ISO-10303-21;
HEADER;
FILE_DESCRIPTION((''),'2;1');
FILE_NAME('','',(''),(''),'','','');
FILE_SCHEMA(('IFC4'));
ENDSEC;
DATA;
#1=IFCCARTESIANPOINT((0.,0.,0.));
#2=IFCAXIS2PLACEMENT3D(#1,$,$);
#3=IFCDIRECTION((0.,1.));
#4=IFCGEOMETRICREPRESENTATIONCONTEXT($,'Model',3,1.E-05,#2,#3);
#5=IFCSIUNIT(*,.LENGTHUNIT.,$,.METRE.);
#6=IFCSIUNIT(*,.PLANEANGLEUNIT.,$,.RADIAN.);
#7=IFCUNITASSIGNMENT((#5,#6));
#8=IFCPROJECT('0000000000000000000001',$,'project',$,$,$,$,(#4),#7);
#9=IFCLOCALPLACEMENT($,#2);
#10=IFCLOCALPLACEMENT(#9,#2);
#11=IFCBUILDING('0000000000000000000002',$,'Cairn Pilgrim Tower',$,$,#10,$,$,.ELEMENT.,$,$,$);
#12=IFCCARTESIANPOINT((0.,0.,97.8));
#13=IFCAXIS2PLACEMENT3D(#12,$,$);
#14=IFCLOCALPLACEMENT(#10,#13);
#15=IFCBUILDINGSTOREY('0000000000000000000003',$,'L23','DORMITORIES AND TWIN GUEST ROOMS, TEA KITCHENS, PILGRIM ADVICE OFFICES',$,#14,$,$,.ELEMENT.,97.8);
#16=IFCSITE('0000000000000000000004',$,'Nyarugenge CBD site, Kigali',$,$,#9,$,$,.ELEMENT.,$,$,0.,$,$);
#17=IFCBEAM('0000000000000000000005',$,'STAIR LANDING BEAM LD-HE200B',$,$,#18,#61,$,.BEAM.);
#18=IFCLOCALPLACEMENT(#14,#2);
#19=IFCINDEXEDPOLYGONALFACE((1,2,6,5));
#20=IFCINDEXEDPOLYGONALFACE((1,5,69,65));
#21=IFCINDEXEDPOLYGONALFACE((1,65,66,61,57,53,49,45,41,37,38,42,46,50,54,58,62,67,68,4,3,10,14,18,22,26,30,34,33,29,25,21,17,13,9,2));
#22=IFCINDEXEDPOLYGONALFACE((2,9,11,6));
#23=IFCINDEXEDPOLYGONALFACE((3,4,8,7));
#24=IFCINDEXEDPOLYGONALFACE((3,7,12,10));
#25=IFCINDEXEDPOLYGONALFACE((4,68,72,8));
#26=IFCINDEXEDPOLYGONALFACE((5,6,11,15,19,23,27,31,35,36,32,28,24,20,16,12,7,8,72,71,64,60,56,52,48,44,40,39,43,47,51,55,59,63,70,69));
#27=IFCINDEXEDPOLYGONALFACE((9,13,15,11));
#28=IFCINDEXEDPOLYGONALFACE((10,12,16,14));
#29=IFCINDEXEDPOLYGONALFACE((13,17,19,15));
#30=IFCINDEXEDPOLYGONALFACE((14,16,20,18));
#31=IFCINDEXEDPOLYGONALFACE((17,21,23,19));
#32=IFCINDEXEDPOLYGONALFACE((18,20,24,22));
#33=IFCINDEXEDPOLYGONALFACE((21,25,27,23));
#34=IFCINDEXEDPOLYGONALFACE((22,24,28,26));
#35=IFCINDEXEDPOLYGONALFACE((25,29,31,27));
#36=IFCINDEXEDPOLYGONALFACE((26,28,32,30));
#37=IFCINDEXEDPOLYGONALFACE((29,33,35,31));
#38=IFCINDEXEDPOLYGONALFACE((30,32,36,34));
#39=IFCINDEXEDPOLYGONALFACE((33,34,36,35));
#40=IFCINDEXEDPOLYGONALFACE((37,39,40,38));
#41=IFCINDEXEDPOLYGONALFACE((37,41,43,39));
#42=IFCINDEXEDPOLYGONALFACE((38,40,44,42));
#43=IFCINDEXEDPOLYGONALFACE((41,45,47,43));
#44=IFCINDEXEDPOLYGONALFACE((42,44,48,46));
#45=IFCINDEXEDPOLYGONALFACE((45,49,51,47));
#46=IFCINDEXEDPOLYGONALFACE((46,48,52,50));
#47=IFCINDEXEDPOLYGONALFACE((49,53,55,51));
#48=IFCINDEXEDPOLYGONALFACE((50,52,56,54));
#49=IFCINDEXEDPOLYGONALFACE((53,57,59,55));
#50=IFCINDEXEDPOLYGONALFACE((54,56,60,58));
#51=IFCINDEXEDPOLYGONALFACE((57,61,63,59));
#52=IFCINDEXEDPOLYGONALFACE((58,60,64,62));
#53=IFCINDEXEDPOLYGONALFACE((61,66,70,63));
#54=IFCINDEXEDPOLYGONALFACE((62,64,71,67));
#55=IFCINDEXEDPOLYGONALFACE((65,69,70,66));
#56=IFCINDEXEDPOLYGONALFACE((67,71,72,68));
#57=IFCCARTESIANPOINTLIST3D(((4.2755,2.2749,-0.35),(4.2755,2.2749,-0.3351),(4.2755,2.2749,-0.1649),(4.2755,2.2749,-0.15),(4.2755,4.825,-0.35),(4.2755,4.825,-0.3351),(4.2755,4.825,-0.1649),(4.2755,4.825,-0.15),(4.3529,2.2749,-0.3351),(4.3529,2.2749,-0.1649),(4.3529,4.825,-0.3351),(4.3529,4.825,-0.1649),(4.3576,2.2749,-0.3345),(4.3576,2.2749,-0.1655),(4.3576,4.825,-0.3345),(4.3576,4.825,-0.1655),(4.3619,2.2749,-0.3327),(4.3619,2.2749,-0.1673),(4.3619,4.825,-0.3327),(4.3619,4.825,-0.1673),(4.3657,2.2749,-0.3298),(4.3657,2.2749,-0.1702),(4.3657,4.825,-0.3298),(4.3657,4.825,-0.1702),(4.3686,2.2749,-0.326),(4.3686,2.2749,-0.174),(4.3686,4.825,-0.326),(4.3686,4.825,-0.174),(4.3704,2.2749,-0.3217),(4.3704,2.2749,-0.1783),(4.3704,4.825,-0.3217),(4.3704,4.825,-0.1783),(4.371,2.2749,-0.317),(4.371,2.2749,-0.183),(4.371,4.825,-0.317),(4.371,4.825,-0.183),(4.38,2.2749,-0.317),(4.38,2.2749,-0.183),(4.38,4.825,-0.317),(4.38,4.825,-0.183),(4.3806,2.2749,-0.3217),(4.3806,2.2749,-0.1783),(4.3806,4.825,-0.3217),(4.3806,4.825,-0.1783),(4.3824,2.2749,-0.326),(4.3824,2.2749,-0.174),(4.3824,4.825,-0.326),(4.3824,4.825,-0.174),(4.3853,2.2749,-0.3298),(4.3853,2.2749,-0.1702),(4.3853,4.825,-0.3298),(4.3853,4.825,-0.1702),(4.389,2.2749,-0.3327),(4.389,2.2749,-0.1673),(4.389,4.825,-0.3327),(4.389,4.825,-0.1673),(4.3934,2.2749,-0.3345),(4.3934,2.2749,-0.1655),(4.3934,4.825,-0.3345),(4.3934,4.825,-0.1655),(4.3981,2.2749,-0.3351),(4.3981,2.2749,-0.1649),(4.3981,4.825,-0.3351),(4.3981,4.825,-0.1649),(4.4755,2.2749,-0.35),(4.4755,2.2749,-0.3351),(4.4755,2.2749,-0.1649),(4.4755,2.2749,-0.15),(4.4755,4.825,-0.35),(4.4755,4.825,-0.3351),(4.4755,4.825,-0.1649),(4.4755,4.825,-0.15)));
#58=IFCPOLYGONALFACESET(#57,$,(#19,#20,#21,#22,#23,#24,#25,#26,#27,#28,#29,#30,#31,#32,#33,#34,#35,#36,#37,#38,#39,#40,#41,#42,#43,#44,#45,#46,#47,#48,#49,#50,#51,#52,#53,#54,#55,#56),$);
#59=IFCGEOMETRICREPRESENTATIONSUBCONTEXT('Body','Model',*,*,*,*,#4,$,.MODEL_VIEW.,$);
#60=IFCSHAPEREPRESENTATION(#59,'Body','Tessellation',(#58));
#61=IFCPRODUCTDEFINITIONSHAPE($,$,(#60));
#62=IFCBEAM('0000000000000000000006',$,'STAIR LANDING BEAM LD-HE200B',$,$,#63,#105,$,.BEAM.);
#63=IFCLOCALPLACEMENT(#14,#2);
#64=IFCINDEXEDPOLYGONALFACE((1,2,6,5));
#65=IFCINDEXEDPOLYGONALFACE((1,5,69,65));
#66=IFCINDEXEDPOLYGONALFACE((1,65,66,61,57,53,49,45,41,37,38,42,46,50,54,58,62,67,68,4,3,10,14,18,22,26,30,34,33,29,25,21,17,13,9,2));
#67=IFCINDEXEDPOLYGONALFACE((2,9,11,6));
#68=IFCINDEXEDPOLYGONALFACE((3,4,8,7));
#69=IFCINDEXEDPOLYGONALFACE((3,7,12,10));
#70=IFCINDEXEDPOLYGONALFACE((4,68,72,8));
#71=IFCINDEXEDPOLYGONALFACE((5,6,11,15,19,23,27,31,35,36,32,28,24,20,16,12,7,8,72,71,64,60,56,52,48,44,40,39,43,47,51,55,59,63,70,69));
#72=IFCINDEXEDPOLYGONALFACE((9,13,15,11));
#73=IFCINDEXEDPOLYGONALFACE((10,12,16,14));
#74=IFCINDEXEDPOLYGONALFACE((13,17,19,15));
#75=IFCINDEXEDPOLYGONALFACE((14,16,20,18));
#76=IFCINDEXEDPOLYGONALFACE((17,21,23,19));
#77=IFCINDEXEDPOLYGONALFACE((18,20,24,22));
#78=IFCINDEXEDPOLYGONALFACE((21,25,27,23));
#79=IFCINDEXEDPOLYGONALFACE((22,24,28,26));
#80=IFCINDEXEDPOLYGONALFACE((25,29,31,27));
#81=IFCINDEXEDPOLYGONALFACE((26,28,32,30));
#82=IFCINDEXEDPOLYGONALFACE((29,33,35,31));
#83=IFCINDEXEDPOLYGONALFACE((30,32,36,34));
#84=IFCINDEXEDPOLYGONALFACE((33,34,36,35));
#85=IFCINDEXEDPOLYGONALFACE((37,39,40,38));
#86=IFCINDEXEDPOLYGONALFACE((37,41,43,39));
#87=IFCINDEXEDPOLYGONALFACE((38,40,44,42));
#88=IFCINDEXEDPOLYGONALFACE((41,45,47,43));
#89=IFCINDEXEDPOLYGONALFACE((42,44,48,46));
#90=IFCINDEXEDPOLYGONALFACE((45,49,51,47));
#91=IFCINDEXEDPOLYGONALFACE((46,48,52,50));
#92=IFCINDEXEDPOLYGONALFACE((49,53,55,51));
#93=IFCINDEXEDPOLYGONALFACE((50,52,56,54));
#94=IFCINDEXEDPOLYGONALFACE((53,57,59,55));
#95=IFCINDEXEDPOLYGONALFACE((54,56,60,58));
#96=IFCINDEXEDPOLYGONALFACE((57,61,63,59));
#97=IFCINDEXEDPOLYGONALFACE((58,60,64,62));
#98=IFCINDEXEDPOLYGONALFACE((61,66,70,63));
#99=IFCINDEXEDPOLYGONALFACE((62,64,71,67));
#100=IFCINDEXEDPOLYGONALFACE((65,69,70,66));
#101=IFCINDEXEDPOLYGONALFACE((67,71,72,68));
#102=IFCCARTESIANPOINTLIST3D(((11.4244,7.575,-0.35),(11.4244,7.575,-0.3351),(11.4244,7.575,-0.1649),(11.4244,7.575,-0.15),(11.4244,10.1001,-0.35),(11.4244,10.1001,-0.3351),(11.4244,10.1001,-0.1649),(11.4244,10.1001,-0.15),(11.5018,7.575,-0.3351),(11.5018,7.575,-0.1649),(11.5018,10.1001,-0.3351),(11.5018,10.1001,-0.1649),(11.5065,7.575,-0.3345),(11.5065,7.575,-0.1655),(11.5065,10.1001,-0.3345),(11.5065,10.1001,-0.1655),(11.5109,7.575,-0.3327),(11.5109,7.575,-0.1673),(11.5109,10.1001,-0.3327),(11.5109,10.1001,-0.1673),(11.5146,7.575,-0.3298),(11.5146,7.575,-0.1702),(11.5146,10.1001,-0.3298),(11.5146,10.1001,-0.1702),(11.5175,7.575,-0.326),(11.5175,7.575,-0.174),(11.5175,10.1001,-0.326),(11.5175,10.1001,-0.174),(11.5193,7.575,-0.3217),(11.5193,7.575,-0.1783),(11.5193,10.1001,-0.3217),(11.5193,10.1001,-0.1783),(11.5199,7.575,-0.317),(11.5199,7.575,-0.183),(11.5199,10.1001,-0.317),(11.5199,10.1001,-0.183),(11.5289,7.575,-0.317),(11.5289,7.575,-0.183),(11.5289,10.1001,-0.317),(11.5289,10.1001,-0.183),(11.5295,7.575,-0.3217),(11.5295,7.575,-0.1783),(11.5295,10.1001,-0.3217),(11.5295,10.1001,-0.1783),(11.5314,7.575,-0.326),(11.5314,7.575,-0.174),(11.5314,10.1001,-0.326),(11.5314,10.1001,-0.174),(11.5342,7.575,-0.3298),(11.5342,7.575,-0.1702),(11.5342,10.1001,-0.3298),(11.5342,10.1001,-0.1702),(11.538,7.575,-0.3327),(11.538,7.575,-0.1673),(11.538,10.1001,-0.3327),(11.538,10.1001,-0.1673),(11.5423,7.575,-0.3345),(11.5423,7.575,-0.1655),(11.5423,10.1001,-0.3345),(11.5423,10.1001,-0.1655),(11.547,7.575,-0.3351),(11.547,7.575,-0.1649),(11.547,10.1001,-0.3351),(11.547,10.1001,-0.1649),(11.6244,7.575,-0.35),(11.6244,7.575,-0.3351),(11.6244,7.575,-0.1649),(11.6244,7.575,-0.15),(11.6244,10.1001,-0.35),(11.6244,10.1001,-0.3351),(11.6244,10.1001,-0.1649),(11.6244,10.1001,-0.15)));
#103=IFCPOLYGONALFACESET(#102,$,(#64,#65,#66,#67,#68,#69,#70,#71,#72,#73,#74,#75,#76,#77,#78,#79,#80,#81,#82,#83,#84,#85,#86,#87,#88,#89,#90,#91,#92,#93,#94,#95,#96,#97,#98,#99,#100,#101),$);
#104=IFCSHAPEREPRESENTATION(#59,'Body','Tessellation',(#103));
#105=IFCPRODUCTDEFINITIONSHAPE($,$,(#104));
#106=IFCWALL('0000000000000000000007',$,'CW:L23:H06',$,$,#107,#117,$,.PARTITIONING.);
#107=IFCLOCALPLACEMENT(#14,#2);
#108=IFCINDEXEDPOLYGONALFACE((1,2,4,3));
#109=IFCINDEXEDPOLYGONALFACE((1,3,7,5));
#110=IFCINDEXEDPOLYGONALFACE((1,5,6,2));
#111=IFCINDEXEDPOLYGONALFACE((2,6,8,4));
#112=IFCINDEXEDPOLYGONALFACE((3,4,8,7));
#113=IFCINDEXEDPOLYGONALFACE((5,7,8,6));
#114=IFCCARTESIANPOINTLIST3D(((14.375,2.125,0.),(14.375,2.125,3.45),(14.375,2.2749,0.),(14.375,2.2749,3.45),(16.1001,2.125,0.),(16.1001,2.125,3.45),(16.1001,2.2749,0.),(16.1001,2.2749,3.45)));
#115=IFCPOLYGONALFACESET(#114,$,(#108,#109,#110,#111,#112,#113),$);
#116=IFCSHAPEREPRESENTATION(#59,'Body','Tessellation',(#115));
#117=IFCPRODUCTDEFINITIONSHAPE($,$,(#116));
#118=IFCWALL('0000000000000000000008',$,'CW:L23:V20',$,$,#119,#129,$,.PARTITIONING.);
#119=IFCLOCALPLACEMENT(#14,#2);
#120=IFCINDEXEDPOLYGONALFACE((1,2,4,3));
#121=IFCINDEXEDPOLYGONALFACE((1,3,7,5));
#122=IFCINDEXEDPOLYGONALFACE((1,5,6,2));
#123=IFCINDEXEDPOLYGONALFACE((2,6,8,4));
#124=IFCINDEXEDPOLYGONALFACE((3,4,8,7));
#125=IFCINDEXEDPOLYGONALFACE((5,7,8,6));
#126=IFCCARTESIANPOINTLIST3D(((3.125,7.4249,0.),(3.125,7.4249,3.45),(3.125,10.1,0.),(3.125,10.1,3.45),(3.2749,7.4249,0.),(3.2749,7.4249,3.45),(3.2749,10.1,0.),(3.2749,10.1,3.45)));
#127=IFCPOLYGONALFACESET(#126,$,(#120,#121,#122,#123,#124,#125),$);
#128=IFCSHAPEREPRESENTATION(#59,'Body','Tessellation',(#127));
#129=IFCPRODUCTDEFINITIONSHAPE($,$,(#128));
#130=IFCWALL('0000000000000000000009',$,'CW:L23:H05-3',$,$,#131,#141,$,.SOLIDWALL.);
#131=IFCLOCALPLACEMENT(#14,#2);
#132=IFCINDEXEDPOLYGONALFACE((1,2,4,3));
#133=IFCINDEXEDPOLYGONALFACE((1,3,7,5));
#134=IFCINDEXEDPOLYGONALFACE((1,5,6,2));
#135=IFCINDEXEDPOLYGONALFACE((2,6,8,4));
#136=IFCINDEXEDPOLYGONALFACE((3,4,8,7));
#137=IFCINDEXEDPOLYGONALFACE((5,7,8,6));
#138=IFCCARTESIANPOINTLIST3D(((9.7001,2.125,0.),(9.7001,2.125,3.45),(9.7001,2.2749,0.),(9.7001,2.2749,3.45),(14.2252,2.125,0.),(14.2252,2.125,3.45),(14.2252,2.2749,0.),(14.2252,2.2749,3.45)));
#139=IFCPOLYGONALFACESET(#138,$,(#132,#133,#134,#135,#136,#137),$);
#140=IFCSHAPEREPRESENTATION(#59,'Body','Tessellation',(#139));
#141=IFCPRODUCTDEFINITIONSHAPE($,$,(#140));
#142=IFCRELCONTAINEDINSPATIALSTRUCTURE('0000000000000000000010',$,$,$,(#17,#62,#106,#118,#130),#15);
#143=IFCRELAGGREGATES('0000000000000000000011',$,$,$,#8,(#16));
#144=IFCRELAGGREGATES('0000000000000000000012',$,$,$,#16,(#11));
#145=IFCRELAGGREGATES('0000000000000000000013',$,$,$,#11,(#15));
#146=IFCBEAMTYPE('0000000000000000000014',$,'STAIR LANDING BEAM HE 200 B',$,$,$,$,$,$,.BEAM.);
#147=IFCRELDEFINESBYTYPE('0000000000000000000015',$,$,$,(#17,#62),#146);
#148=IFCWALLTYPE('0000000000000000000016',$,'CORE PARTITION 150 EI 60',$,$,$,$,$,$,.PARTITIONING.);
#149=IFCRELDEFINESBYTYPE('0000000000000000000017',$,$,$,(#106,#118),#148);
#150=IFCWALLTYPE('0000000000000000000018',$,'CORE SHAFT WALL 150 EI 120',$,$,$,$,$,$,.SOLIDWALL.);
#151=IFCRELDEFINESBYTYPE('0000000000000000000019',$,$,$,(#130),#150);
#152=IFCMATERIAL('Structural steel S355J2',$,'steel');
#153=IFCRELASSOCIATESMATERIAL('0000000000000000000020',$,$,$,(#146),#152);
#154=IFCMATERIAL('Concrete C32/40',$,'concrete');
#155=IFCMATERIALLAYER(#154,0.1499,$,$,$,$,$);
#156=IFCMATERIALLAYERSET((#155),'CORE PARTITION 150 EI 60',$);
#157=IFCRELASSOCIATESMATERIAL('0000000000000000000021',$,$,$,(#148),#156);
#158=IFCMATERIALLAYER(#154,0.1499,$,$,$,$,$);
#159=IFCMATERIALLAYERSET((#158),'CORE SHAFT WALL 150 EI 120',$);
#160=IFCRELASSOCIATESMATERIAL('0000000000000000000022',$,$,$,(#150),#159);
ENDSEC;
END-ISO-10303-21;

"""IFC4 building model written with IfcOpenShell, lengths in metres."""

from ifc_helpers import new_model, si_unit, direction, frame, frame_2d, origin, origin_2d, place, context, subcontext, project, spatial, rectangle, i_section, extrude, material, layer, layer_set, material_profile, profile_set, type_object, element, save


model = new_model("IFC4")

# Units and contexts
model_context = context("Model", 3, precision=1e-05, world=origin(), true_north=direction((0.0, 1.0)))
body_context = subcontext(model_context, "Body", "Model", "MODEL_VIEW")
ifc_project = project(units=[si_unit("LENGTHUNIT", "METRE"), si_unit("PLANEANGLEUNIT", "RADIAN")], contexts=[model_context])

# Site, building, storey
site_placement = place(None, origin())
site = spatial("IfcSite", under=ifc_project, at=site_placement, Name="Nyarugenge CBD site, Kigali", CompositionType="ELEMENT", RefElevation=0.0)
building_placement = place(site_placement, origin())
building = spatial("IfcBuilding", under=site, at=building_placement, Name="Cairn Pilgrim Tower", CompositionType="ELEMENT")
storey_placement = place(building_placement, frame((0.0, 0.0, 97.8)))
storey = spatial("IfcBuildingStorey", under=building, at=storey_placement, Name="L23", Description="DORMITORIES AND TWIN GUEST ROOMS, TEA KITCHENS, PILGRIM ADVICE OFFICES", CompositionType="ELEMENT", Elevation=97.8)

# Beams
ifc_material_1 = material(Name="Structural steel S355J2", Category="steel")
ifc_material_profile = material_profile(ifc_material_1, i_section(OverallWidth=0.2, OverallDepth=0.2, WebThickness=0.009, FlangeThickness=0.0149, FilletRadius=0.0181, at=origin_2d()), Name="HE 200 B")
ifc_profile_set = profile_set([ifc_material_profile], Name="Structural steel S355J2")
beam_type = type_object("IfcBeamType", Name="STAIR LANDING BEAM HE 200 B", PredefinedType="BEAM", material=ifc_profile_set)
beam_1_placement = place(storey_placement, frame((4.3755, 2.2749, -0.25), z_axis=(0.0, 1.0, 0.0), x_axis=(-1.0, 0.0, 0.0)))
element("IfcBeam", 1, at=beam_1_placement, inside=storey, type_object=beam_type, Name="STAIR LANDING BEAM LD-HE200B", PredefinedType="BEAM", context=body_context, shape_type="SweptSolid", body=[
    extrude(i_section(OverallWidth=0.2, OverallDepth=0.2, WebThickness=0.009, FlangeThickness=0.0149, FilletRadius=0.0181, at=origin_2d()), origin(), (0.0, 0.0, 1.0), 2.55),
])
beam_2_placement = place(storey_placement, frame((11.5244, 10.1001, -0.25), z_axis=(0.0, -1.0, 0.0), x_axis=(1.0, 0.0, 0.0)))
element("IfcBeam", 2, at=beam_2_placement, inside=storey, type_object=beam_type, Name="STAIR LANDING BEAM LD-HE200B", PredefinedType="BEAM", context=body_context, shape_type="SweptSolid", body=[
    extrude(i_section(OverallWidth=0.2, OverallDepth=0.2, WebThickness=0.009, FlangeThickness=0.0149, FilletRadius=0.0181, at=origin_2d()), origin(), (0.0, 0.0, 1.0), 2.5251),
])

# Walls
ifc_material_2 = material(Name="Concrete C32/40", Category="concrete")
ifc_layer_1 = layer(ifc_material_2, 0.1499)
ifc_layer_set_1 = layer_set([ifc_layer_1], Name="CORE PARTITION 150 EI 60")
wall_type_1 = type_object("IfcWallType", Name="CORE PARTITION 150 EI 60", PredefinedType="PARTITIONING", material=ifc_layer_set_1)
wall_1_placement = place(storey_placement, frame((14.375, 2.2, 0.0), z_axis=(0.0, 0.0, 1.0), x_axis=(1.0, 0.0, 0.0)))
element("IfcWall", 3, at=wall_1_placement, inside=storey, type_object=wall_type_1, Name="CW:L23:H06", PredefinedType="PARTITIONING", context=body_context, shape_type="SweptSolid", body=[
    extrude(rectangle(XDim=1.7251, YDim=0.1499, at=frame_2d((0.8625, 0.0))), origin(), (0.0, 0.0, 1.0), 3.45),
])
wall_2_placement = place(storey_placement, frame((3.2, 7.425, 0.0), z_axis=(0.0, 0.0, 1.0), x_axis=(0.0, 1.0, 0.0)))
element("IfcWall", 4, at=wall_2_placement, inside=storey, type_object=wall_type_1, Name="CW:L23:V20", PredefinedType="PARTITIONING", context=body_context, shape_type="SweptSolid", body=[
    extrude(rectangle(XDim=2.675, YDim=0.1499, at=frame_2d((1.3374, 0.0))), origin(), (0.0, 0.0, 1.0), 3.45),
])
ifc_layer_2 = layer(ifc_material_2, 0.1499)
ifc_layer_set_2 = layer_set([ifc_layer_2], Name="CORE SHAFT WALL 150 EI 120")
wall_type_2 = type_object("IfcWallType", Name="CORE SHAFT WALL 150 EI 120", PredefinedType="SOLIDWALL", material=ifc_layer_set_2)
wall_3_placement = place(storey_placement, frame((9.7, 2.2, 0.0), z_axis=(0.0, 0.0, 1.0), x_axis=(1.0, 0.0, 0.0)))
element("IfcWall", 5, at=wall_3_placement, inside=storey, type_object=wall_type_2, Name="CW:L23:H05-3", PredefinedType="SOLIDWALL", context=body_context, shape_type="SweptSolid", body=[
    extrude(rectangle(XDim=4.5251, YDim=0.1499, at=frame_2d((2.2627, 0.0))), origin(), (0.0, 0.0, 1.0), 3.45),
])

save(model, "model.ifc")
